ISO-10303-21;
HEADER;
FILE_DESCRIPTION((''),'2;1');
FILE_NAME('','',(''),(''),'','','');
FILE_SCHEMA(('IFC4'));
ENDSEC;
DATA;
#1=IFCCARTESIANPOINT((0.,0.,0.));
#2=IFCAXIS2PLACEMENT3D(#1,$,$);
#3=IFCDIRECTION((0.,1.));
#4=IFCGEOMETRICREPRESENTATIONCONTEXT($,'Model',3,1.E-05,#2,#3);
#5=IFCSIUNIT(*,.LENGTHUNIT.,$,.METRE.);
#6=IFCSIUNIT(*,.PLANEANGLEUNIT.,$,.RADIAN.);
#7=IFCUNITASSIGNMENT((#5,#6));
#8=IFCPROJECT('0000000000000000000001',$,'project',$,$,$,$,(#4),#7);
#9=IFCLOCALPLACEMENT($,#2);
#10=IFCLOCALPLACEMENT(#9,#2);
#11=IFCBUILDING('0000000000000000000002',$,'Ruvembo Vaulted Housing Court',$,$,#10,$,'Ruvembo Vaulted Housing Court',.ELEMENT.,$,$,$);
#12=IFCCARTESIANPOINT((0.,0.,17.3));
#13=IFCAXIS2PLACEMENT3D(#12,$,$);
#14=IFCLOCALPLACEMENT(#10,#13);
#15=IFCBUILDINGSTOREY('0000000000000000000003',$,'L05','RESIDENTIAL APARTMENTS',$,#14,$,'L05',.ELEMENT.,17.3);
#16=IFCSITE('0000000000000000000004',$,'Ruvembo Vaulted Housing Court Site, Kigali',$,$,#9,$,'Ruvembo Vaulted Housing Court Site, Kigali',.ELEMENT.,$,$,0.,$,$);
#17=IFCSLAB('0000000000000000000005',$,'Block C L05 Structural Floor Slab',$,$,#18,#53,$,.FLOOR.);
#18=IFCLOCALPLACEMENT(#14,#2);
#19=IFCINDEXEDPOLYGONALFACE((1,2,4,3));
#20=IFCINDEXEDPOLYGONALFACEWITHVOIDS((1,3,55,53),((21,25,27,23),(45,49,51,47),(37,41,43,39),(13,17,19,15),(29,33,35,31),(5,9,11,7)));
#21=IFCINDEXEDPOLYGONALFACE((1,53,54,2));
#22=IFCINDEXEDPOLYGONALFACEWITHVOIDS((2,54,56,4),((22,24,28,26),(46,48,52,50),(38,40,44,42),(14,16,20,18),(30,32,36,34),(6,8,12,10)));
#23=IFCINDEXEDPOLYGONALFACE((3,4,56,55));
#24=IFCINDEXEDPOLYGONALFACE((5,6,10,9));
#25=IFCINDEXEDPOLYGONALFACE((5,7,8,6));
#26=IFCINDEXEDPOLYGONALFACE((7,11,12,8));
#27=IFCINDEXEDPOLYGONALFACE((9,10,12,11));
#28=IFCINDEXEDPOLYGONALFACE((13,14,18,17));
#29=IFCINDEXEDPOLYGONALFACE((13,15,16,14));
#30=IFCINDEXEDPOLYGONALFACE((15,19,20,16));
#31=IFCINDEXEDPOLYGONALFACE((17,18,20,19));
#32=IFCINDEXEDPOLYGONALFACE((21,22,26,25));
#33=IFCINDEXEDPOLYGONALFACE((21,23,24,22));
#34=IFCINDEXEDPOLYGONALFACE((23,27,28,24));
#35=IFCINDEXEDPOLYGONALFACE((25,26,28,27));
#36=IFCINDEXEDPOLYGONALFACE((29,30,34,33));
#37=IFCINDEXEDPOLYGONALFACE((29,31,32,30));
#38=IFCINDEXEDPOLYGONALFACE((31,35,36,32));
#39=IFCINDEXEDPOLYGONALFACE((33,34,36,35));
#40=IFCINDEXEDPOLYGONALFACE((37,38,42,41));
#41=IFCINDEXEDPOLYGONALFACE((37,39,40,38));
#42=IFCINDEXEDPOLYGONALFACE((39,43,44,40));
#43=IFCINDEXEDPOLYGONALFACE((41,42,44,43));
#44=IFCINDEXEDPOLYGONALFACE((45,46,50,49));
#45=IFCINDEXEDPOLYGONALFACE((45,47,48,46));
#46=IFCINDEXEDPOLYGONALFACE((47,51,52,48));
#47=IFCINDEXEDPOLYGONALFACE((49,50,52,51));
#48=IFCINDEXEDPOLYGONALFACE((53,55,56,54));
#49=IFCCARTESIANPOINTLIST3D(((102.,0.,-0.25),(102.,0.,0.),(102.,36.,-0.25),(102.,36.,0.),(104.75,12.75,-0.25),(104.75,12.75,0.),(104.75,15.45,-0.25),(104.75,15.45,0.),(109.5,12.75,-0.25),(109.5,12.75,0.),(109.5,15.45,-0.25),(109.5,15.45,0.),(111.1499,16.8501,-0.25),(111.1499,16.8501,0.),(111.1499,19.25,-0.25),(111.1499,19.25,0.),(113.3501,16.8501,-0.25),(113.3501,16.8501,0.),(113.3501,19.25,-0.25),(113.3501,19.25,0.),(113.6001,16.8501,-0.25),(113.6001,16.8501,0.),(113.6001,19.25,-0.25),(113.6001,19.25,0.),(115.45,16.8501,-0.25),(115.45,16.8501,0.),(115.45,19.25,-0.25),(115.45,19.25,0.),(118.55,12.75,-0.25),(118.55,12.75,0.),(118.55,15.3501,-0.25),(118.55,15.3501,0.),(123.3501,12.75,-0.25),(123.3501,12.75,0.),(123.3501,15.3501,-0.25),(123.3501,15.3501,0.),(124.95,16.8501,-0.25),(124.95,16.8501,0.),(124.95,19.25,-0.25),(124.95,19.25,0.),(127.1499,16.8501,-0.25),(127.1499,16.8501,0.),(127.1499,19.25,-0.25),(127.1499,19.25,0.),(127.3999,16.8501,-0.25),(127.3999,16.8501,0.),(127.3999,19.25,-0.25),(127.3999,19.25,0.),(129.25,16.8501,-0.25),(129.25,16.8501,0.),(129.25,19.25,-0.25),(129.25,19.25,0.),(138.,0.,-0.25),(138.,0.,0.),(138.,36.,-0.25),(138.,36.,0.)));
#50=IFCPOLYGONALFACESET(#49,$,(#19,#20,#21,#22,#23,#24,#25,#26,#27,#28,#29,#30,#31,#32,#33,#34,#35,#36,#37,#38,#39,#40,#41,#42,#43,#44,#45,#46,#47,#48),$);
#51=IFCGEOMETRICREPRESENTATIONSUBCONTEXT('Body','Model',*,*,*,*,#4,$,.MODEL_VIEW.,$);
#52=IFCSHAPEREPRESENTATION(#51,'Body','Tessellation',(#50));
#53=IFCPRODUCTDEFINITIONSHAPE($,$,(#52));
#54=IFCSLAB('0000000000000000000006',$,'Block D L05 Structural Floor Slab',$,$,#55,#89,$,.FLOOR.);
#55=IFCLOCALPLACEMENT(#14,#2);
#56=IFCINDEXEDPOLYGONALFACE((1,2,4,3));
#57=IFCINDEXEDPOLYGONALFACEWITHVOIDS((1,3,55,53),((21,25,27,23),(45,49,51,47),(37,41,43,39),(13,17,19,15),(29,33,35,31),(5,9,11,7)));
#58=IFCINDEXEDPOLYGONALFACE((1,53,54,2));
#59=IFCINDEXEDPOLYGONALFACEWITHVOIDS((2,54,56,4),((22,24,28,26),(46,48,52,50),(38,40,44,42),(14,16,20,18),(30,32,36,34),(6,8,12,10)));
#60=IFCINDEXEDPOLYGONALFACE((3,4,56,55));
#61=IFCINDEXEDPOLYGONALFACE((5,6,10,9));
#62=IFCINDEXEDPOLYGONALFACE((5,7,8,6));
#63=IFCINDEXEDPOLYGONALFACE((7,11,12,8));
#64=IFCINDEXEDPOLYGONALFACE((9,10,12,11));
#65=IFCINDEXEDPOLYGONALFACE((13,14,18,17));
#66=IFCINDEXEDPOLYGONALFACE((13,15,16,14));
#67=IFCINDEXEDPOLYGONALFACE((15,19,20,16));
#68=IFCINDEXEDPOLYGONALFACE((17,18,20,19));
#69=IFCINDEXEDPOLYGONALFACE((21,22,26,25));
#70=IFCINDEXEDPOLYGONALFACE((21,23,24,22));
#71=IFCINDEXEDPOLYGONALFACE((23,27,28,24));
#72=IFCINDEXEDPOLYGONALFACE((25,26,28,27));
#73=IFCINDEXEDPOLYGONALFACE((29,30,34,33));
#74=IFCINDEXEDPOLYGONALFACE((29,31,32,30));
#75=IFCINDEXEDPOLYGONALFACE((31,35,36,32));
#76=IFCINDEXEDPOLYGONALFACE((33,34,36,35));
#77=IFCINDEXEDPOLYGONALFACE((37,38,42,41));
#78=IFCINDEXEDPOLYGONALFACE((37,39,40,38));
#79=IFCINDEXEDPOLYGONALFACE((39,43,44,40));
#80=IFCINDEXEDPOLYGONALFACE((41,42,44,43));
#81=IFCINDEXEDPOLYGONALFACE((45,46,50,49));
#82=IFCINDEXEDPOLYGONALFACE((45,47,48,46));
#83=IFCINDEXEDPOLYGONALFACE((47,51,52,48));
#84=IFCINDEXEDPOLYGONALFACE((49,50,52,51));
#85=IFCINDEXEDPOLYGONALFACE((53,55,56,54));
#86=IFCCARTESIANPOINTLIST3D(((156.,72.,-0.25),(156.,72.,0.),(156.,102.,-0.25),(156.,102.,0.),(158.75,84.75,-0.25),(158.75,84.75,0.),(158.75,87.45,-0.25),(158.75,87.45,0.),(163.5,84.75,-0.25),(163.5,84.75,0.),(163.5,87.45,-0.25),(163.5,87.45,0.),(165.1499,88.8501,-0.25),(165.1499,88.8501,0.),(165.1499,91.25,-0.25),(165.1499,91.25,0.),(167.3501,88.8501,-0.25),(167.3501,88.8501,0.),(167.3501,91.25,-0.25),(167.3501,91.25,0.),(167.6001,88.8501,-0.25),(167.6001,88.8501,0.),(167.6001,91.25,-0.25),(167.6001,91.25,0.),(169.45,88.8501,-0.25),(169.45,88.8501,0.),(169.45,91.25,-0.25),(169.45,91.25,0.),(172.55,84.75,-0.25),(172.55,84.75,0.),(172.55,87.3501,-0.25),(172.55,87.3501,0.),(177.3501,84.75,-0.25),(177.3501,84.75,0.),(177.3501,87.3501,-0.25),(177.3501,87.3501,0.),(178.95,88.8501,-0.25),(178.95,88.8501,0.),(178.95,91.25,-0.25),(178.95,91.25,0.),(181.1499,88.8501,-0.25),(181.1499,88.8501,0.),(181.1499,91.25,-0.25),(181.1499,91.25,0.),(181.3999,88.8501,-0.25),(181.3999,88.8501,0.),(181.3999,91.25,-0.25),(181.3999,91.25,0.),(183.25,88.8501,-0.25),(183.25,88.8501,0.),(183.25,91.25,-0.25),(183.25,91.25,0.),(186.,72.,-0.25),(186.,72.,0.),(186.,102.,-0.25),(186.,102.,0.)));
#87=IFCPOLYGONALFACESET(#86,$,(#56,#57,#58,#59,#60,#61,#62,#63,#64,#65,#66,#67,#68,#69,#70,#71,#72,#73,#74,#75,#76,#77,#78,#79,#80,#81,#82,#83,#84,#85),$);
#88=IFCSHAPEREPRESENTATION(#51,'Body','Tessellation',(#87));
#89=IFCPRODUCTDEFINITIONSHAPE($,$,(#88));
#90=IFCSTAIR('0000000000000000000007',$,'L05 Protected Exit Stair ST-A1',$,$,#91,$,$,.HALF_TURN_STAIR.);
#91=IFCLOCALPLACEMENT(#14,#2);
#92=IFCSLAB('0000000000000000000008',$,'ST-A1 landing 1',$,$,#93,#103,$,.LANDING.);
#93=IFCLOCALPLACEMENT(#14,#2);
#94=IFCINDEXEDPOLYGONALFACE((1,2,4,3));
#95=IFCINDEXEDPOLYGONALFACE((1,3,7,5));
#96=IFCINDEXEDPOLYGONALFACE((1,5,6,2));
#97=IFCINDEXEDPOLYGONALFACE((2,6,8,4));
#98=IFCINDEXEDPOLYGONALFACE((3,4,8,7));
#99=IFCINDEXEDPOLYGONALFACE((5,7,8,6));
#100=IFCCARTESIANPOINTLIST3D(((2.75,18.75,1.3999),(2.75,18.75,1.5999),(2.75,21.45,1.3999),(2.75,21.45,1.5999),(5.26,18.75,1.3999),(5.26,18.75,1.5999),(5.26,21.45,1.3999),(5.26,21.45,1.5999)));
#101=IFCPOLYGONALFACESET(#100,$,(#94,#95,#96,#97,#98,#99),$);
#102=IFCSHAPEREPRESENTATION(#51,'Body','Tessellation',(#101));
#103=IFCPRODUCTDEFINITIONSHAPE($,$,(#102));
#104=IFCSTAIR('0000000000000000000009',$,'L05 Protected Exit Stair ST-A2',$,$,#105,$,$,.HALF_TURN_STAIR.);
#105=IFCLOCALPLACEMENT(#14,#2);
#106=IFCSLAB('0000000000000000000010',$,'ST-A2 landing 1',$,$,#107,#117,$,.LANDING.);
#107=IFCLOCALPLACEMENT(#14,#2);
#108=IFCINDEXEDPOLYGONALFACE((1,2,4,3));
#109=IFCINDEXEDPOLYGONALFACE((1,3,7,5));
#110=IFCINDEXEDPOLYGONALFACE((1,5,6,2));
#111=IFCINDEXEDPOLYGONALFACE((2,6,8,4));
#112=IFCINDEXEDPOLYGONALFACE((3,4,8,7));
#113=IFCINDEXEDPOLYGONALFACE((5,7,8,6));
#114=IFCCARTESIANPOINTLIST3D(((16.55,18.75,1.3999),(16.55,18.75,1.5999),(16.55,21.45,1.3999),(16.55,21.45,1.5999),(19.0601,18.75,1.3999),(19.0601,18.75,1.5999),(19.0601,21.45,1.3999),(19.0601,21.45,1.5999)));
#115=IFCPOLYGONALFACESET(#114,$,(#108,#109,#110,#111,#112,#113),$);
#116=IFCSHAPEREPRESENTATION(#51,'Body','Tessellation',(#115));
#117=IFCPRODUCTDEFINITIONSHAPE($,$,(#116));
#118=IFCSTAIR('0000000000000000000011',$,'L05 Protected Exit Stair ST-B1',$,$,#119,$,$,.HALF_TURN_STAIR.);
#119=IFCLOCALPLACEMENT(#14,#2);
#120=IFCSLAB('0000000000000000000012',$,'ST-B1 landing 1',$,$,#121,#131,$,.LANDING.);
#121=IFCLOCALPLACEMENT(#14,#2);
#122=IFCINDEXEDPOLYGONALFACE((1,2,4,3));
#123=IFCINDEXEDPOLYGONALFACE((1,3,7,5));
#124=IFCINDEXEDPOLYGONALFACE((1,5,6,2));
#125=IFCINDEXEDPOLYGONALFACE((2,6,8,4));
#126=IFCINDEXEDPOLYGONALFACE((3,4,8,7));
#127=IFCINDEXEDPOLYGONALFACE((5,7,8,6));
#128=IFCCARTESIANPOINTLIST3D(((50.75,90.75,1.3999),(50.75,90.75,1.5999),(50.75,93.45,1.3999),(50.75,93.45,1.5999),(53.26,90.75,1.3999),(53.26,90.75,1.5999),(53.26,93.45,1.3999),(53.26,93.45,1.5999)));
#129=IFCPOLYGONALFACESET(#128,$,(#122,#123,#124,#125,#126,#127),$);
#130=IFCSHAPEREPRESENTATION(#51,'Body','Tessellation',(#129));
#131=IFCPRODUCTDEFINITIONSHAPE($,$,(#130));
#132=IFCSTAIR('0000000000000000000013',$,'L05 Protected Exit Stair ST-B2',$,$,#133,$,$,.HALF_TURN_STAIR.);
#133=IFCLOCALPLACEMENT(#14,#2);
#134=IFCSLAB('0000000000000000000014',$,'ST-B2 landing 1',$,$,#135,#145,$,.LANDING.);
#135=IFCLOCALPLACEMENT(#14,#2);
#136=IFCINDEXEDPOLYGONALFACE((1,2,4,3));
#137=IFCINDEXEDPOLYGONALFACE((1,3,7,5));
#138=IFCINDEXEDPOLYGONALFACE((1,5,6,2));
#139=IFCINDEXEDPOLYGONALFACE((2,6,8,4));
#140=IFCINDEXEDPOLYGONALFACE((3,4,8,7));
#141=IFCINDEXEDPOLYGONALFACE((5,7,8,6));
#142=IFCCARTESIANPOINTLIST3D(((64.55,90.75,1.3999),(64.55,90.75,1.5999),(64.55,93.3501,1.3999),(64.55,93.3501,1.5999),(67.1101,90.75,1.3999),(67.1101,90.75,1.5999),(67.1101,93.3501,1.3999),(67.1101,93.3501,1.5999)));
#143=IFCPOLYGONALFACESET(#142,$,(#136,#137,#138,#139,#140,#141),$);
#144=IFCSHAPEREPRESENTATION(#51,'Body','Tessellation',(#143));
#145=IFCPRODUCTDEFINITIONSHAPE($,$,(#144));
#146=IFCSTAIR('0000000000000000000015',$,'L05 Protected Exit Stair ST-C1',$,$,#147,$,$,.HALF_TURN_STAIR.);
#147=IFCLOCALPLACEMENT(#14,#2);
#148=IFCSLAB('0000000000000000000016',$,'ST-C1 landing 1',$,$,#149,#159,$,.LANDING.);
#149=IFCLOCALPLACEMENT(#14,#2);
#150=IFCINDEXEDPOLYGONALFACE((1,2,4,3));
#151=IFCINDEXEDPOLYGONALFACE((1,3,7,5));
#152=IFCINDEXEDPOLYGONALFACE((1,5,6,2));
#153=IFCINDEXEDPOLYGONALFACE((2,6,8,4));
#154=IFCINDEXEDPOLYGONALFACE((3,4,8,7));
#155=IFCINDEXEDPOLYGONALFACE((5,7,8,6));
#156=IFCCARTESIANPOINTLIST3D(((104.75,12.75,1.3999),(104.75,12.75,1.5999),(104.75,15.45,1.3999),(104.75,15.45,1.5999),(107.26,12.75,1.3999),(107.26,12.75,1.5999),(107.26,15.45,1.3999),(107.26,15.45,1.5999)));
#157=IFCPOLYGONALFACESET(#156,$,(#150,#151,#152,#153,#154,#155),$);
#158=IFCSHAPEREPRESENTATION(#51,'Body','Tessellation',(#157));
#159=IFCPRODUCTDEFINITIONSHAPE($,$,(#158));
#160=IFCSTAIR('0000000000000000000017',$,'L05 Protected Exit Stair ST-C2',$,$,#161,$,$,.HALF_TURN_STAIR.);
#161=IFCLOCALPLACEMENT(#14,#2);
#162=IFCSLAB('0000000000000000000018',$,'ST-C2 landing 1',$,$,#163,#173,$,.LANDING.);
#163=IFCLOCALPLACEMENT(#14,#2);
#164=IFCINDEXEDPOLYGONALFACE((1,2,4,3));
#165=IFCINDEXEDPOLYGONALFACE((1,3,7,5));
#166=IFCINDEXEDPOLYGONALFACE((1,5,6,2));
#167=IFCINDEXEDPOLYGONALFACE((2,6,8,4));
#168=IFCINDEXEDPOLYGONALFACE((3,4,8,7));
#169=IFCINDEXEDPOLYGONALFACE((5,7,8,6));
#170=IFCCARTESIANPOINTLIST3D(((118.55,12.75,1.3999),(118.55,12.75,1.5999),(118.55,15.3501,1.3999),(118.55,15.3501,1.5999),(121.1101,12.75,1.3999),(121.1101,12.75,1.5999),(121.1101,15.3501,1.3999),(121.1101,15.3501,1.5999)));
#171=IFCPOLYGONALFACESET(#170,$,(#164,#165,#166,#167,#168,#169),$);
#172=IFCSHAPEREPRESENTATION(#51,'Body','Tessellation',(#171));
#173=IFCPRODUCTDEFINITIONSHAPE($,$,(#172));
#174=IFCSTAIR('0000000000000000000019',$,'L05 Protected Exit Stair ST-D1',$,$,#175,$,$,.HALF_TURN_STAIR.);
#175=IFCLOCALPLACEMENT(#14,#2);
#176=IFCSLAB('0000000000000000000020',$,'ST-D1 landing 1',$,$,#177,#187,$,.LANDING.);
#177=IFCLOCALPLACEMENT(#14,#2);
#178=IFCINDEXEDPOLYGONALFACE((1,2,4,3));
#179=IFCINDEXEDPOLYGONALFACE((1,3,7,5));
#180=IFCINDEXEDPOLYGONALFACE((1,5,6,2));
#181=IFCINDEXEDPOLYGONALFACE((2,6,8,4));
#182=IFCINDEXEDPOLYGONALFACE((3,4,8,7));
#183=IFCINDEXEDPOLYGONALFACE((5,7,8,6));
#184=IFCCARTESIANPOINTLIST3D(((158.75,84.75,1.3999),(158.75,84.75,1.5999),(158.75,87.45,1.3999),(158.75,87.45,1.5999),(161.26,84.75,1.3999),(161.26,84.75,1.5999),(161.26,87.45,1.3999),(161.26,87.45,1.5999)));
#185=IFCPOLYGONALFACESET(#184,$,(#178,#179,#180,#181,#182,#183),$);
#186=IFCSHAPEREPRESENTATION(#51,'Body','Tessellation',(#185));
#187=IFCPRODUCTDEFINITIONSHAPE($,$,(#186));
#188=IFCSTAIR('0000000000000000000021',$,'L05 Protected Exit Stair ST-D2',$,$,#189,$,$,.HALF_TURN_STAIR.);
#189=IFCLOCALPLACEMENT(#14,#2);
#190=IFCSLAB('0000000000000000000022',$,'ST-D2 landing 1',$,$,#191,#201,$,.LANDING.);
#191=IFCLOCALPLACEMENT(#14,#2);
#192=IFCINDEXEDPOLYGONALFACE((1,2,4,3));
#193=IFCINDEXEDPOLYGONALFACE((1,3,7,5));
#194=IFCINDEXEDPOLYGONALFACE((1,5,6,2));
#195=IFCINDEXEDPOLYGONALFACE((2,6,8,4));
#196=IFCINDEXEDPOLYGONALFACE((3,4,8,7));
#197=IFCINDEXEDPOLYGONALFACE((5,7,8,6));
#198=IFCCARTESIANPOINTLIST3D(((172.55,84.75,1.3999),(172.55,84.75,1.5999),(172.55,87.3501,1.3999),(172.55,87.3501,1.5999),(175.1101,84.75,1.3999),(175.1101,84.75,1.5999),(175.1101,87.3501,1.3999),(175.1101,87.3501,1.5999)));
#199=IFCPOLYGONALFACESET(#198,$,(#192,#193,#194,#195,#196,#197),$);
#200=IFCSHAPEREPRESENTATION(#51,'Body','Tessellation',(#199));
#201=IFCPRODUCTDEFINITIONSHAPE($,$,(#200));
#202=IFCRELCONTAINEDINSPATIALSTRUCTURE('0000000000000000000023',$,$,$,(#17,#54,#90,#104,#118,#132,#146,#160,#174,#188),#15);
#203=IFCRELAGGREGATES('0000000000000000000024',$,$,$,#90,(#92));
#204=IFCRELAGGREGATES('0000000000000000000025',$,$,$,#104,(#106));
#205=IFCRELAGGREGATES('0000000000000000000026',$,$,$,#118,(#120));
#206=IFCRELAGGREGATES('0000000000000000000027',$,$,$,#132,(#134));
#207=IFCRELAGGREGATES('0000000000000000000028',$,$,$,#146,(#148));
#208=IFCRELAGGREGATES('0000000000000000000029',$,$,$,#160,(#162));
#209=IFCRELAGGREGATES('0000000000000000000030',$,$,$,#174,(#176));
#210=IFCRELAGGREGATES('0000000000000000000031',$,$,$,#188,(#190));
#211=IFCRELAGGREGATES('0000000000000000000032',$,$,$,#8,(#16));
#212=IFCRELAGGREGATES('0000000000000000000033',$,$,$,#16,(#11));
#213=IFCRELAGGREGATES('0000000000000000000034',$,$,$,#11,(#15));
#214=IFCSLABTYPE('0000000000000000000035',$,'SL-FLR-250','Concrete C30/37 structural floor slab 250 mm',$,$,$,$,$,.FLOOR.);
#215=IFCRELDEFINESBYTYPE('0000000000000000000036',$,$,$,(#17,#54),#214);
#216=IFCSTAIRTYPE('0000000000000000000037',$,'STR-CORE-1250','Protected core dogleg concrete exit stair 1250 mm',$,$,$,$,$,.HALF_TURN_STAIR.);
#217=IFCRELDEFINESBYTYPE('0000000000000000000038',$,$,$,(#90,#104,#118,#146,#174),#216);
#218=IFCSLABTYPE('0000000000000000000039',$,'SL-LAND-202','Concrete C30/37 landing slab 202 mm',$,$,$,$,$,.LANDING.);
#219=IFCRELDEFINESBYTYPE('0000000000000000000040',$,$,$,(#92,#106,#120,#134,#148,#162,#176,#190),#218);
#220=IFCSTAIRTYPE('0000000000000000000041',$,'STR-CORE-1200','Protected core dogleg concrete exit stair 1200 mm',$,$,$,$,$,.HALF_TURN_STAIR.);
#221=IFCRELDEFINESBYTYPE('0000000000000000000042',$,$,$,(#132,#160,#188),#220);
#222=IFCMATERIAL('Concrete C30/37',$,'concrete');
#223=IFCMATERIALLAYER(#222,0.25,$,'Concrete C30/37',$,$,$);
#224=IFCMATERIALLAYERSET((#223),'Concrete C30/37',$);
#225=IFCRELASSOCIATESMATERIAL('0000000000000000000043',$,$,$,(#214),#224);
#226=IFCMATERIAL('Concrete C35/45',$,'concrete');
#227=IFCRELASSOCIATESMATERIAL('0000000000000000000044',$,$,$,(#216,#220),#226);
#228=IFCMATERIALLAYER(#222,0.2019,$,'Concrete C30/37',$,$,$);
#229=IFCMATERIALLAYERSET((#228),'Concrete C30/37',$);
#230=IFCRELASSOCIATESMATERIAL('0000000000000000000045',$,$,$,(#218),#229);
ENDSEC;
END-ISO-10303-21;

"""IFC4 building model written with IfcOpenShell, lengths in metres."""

from ifc_helpers import new_model, si_unit, direction, frame, origin, place, context, subcontext, project, spatial, polyline, outline, extrude, material, layer, layer_set, type_object, element, aggregate, save


model = new_model("IFC4")

# Units and contexts
model_context = context("Model", 3, precision=1e-05, world=origin(), true_north=direction((0.0, 1.0)))
body_context = subcontext(model_context, "Body", "Model", "MODEL_VIEW")
ifc_project = project(units=[si_unit("LENGTHUNIT", "METRE"), si_unit("PLANEANGLEUNIT", "RADIAN")], contexts=[model_context])

# Site, building, storey
site_placement = place(None, origin())
site = spatial("IfcSite", under=ifc_project, at=site_placement, Name="Ruvembo Vaulted Housing Court Site, Kigali", LongName="Ruvembo Vaulted Housing Court Site, Kigali", CompositionType="ELEMENT", RefElevation=0.0)
building_placement = place(site_placement, origin())
building = spatial("IfcBuilding", under=site, at=building_placement, Name="Ruvembo Vaulted Housing Court", LongName="Ruvembo Vaulted Housing Court", CompositionType="ELEMENT")
storey_placement = place(building_placement, frame((0.0, 0.0, 17.3)))
storey = spatial("IfcBuildingStorey", under=building, at=storey_placement, Name="L05", Description="RESIDENTIAL APARTMENTS", LongName="L05", CompositionType="ELEMENT", Elevation=17.3)

# Slabs
ifc_material_1 = material(Name="Concrete C35/45", Category="concrete")
ifc_material_2 = material(Name="Concrete C30/37", Category="concrete")
ifc_layer_1 = layer(ifc_material_2, 0.25, Name="Concrete C30/37")
ifc_layer_set_1 = layer_set([ifc_layer_1], Name="Concrete C30/37")
slab_type_1 = type_object("IfcSlabType", Name="SL-FLR-250", Description="Concrete C30/37 structural floor slab 250 mm", PredefinedType="FLOOR", material=ifc_layer_set_1)
slab_1_placement = place(storey_placement, frame((0.0, 0.0, -0.25)))
element("IfcSlab", 1, at=slab_1_placement, inside=storey, type_object=slab_type_1, Name="Block C L05 Structural Floor Slab", PredefinedType="FLOOR", context=body_context, shape_type="SweptSolid", body=[
    extrude(outline(polyline([(138.0, 0.0), (138.0, 36.0), (102.0, 36.0), (102.0, 0.0), (138.0, 0.0)]), holes=[polyline([(109.5, 15.45), (104.75, 15.45), (104.75, 12.75), (109.5, 12.75), (109.5, 15.45)]), polyline([(111.1499, 16.8501), (113.3501, 16.8501), (113.3501, 19.25), (111.1499, 19.25), (111.1499, 16.8501)]), polyline([(113.6001, 16.8501), (115.45, 16.8501), (115.45, 19.25), (113.6001, 19.25), (113.6001, 16.8501)]), polyline([(123.3501, 15.3501), (118.55, 15.3501), (118.55, 12.75), (123.3501, 12.75), (123.3501, 15.3501)]), polyline([(124.95, 16.8501), (127.1499, 16.8501), (127.1499, 19.25), (124.95, 19.25), (124.95, 16.8501)]), polyline([(127.3999, 16.8501), (129.25, 16.8501), (129.25, 19.25), (127.3999, 19.25), (127.3999, 16.8501)])]), origin(), (0.0, 0.0, 1.0), 0.25),
])
slab_2_placement = place(storey_placement, frame((0.0, 0.0, -0.25)))
element("IfcSlab", 2, at=slab_2_placement, inside=storey, type_object=slab_type_1, Name="Block D L05 Structural Floor Slab", PredefinedType="FLOOR", context=body_context, shape_type="SweptSolid", body=[
    extrude(outline(polyline([(186.0, 72.0), (186.0, 102.0), (156.0, 102.0), (156.0, 72.0), (186.0, 72.0)]), holes=[polyline([(163.5, 87.45), (158.75, 87.45), (158.75, 84.75), (163.5, 84.75), (163.5, 87.45)]), polyline([(165.1499, 88.8501), (167.3501, 88.8501), (167.3501, 91.25), (165.1499, 91.25), (165.1499, 88.8501)]), polyline([(167.6001, 88.8501), (169.45, 88.8501), (169.45, 91.25), (167.6001, 91.25), (167.6001, 88.8501)]), polyline([(177.3501, 87.3501), (172.55, 87.3501), (172.55, 84.75), (177.3501, 84.75), (177.3501, 87.3501)]), polyline([(178.95, 88.8501), (181.1499, 88.8501), (181.1499, 91.25), (178.95, 91.25), (178.95, 88.8501)]), polyline([(181.3999, 88.8501), (183.25, 88.8501), (183.25, 91.25), (181.3999, 91.25), (181.3999, 88.8501)])]), origin(), (0.0, 0.0, 1.0), 0.25),
])

# Stairs, slabs
stair_type_1 = type_object("IfcStairType", Name="STR-CORE-1250", Description="Protected core dogleg concrete exit stair 1250 mm", PredefinedType="HALF_TURN_STAIR", material=ifc_material_1)
stair_1_placement = place(storey_placement, origin())
stair_1 = element("IfcStair", 3, at=stair_1_placement, inside=storey, type_object=stair_type_1, Name="L05 Protected Exit Stair ST-A1", PredefinedType="HALF_TURN_STAIR")
ifc_layer_2 = layer(ifc_material_2, 0.2019, Name="Concrete C30/37")
ifc_layer_set_2 = layer_set([ifc_layer_2], Name="Concrete C30/37")
slab_type_2 = type_object("IfcSlabType", Name="SL-LAND-202", Description="Concrete C30/37 landing slab 202 mm", PredefinedType="LANDING", material=ifc_layer_set_2)
slab_3_placement = place(storey_placement, frame((0.0, 0.0, 1.3999)))
slab_3 = element("IfcSlab", 4, at=slab_3_placement, type_object=slab_type_2, Name="ST-A1 landing 1", PredefinedType="LANDING", context=body_context, shape_type="SweptSolid", body=[
    extrude(outline(polyline([(5.26, 21.45), (2.75, 21.45), (2.75, 18.75), (5.26, 18.75), (5.26, 21.45)])), origin(), (0.0, 0.0, 1.0), 0.2),
])
aggregate(stair_1, [slab_3])
stair_2_placement = place(storey_placement, origin())
stair_2 = element("IfcStair", 5, at=stair_2_placement, inside=storey, type_object=stair_type_1, Name="L05 Protected Exit Stair ST-A2", PredefinedType="HALF_TURN_STAIR")
slab_4_placement = place(storey_placement, frame((0.0, 0.0, 1.3999)))
slab_4 = element("IfcSlab", 6, at=slab_4_placement, type_object=slab_type_2, Name="ST-A2 landing 1", PredefinedType="LANDING", context=body_context, shape_type="SweptSolid", body=[
    extrude(outline(polyline([(19.0601, 21.45), (16.55, 21.45), (16.55, 18.75), (19.0601, 18.75), (19.0601, 21.45)])), origin(), (0.0, 0.0, 1.0), 0.2),
])
aggregate(stair_2, [slab_4])
stair_3_placement = place(storey_placement, origin())
stair_3 = element("IfcStair", 7, at=stair_3_placement, inside=storey, type_object=stair_type_1, Name="L05 Protected Exit Stair ST-B1", PredefinedType="HALF_TURN_STAIR")
slab_5_placement = place(storey_placement, frame((0.0, 0.0, 1.3999)))
slab_5 = element("IfcSlab", 8, at=slab_5_placement, type_object=slab_type_2, Name="ST-B1 landing 1", PredefinedType="LANDING", context=body_context, shape_type="SweptSolid", body=[
    extrude(outline(polyline([(53.26, 93.45), (50.75, 93.45), (50.75, 90.75), (53.26, 90.75), (53.26, 93.45)])), origin(), (0.0, 0.0, 1.0), 0.2),
])
aggregate(stair_3, [slab_5])
stair_type_2 = type_object("IfcStairType", Name="STR-CORE-1200", Description="Protected core dogleg concrete exit stair 1200 mm", PredefinedType="HALF_TURN_STAIR", material=ifc_material_1)
stair_4_placement = place(storey_placement, origin())
stair_4 = element("IfcStair", 9, at=stair_4_placement, inside=storey, type_object=stair_type_2, Name="L05 Protected Exit Stair ST-B2", PredefinedType="HALF_TURN_STAIR")
slab_6_placement = place(storey_placement, frame((0.0, 0.0, 1.3999)))
slab_6 = element("IfcSlab", 10, at=slab_6_placement, type_object=slab_type_2, Name="ST-B2 landing 1", PredefinedType="LANDING", context=body_context, shape_type="SweptSolid", body=[
    extrude(outline(polyline([(67.1101, 93.3501), (64.55, 93.3501), (64.55, 90.75), (67.1101, 90.75), (67.1101, 93.3501)])), origin(), (0.0, 0.0, 1.0), 0.2),
])
aggregate(stair_4, [slab_6])
stair_5_placement = place(storey_placement, origin())
stair_5 = element("IfcStair", 11, at=stair_5_placement, inside=storey, type_object=stair_type_1, Name="L05 Protected Exit Stair ST-C1", PredefinedType="HALF_TURN_STAIR")
slab_7_placement = place(storey_placement, frame((0.0, 0.0, 1.3999)))
slab_7 = element("IfcSlab", 12, at=slab_7_placement, type_object=slab_type_2, Name="ST-C1 landing 1", PredefinedType="LANDING", context=body_context, shape_type="SweptSolid", body=[
    extrude(outline(polyline([(107.26, 15.45), (104.75, 15.45), (104.75, 12.75), (107.26, 12.75), (107.26, 15.45)])), origin(), (0.0, 0.0, 1.0), 0.2),
])
aggregate(stair_5, [slab_7])
stair_6_placement = place(storey_placement, origin())
stair_6 = element("IfcStair", 13, at=stair_6_placement, inside=storey, type_object=stair_type_2, Name="L05 Protected Exit Stair ST-C2", PredefinedType="HALF_TURN_STAIR")
slab_8_placement = place(storey_placement, frame((0.0, 0.0, 1.3999)))
slab_8 = element("IfcSlab", 14, at=slab_8_placement, type_object=slab_type_2, Name="ST-C2 landing 1", PredefinedType="LANDING", context=body_context, shape_type="SweptSolid", body=[
    extrude(outline(polyline([(121.1101, 15.3501), (118.55, 15.3501), (118.55, 12.75), (121.1101, 12.75), (121.1101, 15.3501)])), origin(), (0.0, 0.0, 1.0), 0.2),
])
aggregate(stair_6, [slab_8])
stair_7_placement = place(storey_placement, origin())
stair_7 = element("IfcStair", 15, at=stair_7_placement, inside=storey, type_object=stair_type_1, Name="L05 Protected Exit Stair ST-D1", PredefinedType="HALF_TURN_STAIR")
slab_9_placement = place(storey_placement, frame((0.0, 0.0, 1.3999)))
slab_9 = element("IfcSlab", 16, at=slab_9_placement, type_object=slab_type_2, Name="ST-D1 landing 1", PredefinedType="LANDING", context=body_context, shape_type="SweptSolid", body=[
    extrude(outline(polyline([(161.26, 87.45), (158.75, 87.45), (158.75, 84.75), (161.26, 84.75), (161.26, 87.45)])), origin(), (0.0, 0.0, 1.0), 0.2),
])
aggregate(stair_7, [slab_9])
stair_8_placement = place(storey_placement, origin())
stair_8 = element("IfcStair", 17, at=stair_8_placement, inside=storey, type_object=stair_type_2, Name="L05 Protected Exit Stair ST-D2", PredefinedType="HALF_TURN_STAIR")
slab_10_placement = place(storey_placement, frame((0.0, 0.0, 1.3999)))
slab_10 = element("IfcSlab", 18, at=slab_10_placement, type_object=slab_type_2, Name="ST-D2 landing 1", PredefinedType="LANDING", context=body_context, shape_type="SweptSolid", body=[
    extrude(outline(polyline([(175.1101, 87.3501), (172.55, 87.3501), (172.55, 84.75), (175.1101, 84.75), (175.1101, 87.3501)])), origin(), (0.0, 0.0, 1.0), 0.2),
])
aggregate(stair_8, [slab_10])

save(model, "model.ifc")
